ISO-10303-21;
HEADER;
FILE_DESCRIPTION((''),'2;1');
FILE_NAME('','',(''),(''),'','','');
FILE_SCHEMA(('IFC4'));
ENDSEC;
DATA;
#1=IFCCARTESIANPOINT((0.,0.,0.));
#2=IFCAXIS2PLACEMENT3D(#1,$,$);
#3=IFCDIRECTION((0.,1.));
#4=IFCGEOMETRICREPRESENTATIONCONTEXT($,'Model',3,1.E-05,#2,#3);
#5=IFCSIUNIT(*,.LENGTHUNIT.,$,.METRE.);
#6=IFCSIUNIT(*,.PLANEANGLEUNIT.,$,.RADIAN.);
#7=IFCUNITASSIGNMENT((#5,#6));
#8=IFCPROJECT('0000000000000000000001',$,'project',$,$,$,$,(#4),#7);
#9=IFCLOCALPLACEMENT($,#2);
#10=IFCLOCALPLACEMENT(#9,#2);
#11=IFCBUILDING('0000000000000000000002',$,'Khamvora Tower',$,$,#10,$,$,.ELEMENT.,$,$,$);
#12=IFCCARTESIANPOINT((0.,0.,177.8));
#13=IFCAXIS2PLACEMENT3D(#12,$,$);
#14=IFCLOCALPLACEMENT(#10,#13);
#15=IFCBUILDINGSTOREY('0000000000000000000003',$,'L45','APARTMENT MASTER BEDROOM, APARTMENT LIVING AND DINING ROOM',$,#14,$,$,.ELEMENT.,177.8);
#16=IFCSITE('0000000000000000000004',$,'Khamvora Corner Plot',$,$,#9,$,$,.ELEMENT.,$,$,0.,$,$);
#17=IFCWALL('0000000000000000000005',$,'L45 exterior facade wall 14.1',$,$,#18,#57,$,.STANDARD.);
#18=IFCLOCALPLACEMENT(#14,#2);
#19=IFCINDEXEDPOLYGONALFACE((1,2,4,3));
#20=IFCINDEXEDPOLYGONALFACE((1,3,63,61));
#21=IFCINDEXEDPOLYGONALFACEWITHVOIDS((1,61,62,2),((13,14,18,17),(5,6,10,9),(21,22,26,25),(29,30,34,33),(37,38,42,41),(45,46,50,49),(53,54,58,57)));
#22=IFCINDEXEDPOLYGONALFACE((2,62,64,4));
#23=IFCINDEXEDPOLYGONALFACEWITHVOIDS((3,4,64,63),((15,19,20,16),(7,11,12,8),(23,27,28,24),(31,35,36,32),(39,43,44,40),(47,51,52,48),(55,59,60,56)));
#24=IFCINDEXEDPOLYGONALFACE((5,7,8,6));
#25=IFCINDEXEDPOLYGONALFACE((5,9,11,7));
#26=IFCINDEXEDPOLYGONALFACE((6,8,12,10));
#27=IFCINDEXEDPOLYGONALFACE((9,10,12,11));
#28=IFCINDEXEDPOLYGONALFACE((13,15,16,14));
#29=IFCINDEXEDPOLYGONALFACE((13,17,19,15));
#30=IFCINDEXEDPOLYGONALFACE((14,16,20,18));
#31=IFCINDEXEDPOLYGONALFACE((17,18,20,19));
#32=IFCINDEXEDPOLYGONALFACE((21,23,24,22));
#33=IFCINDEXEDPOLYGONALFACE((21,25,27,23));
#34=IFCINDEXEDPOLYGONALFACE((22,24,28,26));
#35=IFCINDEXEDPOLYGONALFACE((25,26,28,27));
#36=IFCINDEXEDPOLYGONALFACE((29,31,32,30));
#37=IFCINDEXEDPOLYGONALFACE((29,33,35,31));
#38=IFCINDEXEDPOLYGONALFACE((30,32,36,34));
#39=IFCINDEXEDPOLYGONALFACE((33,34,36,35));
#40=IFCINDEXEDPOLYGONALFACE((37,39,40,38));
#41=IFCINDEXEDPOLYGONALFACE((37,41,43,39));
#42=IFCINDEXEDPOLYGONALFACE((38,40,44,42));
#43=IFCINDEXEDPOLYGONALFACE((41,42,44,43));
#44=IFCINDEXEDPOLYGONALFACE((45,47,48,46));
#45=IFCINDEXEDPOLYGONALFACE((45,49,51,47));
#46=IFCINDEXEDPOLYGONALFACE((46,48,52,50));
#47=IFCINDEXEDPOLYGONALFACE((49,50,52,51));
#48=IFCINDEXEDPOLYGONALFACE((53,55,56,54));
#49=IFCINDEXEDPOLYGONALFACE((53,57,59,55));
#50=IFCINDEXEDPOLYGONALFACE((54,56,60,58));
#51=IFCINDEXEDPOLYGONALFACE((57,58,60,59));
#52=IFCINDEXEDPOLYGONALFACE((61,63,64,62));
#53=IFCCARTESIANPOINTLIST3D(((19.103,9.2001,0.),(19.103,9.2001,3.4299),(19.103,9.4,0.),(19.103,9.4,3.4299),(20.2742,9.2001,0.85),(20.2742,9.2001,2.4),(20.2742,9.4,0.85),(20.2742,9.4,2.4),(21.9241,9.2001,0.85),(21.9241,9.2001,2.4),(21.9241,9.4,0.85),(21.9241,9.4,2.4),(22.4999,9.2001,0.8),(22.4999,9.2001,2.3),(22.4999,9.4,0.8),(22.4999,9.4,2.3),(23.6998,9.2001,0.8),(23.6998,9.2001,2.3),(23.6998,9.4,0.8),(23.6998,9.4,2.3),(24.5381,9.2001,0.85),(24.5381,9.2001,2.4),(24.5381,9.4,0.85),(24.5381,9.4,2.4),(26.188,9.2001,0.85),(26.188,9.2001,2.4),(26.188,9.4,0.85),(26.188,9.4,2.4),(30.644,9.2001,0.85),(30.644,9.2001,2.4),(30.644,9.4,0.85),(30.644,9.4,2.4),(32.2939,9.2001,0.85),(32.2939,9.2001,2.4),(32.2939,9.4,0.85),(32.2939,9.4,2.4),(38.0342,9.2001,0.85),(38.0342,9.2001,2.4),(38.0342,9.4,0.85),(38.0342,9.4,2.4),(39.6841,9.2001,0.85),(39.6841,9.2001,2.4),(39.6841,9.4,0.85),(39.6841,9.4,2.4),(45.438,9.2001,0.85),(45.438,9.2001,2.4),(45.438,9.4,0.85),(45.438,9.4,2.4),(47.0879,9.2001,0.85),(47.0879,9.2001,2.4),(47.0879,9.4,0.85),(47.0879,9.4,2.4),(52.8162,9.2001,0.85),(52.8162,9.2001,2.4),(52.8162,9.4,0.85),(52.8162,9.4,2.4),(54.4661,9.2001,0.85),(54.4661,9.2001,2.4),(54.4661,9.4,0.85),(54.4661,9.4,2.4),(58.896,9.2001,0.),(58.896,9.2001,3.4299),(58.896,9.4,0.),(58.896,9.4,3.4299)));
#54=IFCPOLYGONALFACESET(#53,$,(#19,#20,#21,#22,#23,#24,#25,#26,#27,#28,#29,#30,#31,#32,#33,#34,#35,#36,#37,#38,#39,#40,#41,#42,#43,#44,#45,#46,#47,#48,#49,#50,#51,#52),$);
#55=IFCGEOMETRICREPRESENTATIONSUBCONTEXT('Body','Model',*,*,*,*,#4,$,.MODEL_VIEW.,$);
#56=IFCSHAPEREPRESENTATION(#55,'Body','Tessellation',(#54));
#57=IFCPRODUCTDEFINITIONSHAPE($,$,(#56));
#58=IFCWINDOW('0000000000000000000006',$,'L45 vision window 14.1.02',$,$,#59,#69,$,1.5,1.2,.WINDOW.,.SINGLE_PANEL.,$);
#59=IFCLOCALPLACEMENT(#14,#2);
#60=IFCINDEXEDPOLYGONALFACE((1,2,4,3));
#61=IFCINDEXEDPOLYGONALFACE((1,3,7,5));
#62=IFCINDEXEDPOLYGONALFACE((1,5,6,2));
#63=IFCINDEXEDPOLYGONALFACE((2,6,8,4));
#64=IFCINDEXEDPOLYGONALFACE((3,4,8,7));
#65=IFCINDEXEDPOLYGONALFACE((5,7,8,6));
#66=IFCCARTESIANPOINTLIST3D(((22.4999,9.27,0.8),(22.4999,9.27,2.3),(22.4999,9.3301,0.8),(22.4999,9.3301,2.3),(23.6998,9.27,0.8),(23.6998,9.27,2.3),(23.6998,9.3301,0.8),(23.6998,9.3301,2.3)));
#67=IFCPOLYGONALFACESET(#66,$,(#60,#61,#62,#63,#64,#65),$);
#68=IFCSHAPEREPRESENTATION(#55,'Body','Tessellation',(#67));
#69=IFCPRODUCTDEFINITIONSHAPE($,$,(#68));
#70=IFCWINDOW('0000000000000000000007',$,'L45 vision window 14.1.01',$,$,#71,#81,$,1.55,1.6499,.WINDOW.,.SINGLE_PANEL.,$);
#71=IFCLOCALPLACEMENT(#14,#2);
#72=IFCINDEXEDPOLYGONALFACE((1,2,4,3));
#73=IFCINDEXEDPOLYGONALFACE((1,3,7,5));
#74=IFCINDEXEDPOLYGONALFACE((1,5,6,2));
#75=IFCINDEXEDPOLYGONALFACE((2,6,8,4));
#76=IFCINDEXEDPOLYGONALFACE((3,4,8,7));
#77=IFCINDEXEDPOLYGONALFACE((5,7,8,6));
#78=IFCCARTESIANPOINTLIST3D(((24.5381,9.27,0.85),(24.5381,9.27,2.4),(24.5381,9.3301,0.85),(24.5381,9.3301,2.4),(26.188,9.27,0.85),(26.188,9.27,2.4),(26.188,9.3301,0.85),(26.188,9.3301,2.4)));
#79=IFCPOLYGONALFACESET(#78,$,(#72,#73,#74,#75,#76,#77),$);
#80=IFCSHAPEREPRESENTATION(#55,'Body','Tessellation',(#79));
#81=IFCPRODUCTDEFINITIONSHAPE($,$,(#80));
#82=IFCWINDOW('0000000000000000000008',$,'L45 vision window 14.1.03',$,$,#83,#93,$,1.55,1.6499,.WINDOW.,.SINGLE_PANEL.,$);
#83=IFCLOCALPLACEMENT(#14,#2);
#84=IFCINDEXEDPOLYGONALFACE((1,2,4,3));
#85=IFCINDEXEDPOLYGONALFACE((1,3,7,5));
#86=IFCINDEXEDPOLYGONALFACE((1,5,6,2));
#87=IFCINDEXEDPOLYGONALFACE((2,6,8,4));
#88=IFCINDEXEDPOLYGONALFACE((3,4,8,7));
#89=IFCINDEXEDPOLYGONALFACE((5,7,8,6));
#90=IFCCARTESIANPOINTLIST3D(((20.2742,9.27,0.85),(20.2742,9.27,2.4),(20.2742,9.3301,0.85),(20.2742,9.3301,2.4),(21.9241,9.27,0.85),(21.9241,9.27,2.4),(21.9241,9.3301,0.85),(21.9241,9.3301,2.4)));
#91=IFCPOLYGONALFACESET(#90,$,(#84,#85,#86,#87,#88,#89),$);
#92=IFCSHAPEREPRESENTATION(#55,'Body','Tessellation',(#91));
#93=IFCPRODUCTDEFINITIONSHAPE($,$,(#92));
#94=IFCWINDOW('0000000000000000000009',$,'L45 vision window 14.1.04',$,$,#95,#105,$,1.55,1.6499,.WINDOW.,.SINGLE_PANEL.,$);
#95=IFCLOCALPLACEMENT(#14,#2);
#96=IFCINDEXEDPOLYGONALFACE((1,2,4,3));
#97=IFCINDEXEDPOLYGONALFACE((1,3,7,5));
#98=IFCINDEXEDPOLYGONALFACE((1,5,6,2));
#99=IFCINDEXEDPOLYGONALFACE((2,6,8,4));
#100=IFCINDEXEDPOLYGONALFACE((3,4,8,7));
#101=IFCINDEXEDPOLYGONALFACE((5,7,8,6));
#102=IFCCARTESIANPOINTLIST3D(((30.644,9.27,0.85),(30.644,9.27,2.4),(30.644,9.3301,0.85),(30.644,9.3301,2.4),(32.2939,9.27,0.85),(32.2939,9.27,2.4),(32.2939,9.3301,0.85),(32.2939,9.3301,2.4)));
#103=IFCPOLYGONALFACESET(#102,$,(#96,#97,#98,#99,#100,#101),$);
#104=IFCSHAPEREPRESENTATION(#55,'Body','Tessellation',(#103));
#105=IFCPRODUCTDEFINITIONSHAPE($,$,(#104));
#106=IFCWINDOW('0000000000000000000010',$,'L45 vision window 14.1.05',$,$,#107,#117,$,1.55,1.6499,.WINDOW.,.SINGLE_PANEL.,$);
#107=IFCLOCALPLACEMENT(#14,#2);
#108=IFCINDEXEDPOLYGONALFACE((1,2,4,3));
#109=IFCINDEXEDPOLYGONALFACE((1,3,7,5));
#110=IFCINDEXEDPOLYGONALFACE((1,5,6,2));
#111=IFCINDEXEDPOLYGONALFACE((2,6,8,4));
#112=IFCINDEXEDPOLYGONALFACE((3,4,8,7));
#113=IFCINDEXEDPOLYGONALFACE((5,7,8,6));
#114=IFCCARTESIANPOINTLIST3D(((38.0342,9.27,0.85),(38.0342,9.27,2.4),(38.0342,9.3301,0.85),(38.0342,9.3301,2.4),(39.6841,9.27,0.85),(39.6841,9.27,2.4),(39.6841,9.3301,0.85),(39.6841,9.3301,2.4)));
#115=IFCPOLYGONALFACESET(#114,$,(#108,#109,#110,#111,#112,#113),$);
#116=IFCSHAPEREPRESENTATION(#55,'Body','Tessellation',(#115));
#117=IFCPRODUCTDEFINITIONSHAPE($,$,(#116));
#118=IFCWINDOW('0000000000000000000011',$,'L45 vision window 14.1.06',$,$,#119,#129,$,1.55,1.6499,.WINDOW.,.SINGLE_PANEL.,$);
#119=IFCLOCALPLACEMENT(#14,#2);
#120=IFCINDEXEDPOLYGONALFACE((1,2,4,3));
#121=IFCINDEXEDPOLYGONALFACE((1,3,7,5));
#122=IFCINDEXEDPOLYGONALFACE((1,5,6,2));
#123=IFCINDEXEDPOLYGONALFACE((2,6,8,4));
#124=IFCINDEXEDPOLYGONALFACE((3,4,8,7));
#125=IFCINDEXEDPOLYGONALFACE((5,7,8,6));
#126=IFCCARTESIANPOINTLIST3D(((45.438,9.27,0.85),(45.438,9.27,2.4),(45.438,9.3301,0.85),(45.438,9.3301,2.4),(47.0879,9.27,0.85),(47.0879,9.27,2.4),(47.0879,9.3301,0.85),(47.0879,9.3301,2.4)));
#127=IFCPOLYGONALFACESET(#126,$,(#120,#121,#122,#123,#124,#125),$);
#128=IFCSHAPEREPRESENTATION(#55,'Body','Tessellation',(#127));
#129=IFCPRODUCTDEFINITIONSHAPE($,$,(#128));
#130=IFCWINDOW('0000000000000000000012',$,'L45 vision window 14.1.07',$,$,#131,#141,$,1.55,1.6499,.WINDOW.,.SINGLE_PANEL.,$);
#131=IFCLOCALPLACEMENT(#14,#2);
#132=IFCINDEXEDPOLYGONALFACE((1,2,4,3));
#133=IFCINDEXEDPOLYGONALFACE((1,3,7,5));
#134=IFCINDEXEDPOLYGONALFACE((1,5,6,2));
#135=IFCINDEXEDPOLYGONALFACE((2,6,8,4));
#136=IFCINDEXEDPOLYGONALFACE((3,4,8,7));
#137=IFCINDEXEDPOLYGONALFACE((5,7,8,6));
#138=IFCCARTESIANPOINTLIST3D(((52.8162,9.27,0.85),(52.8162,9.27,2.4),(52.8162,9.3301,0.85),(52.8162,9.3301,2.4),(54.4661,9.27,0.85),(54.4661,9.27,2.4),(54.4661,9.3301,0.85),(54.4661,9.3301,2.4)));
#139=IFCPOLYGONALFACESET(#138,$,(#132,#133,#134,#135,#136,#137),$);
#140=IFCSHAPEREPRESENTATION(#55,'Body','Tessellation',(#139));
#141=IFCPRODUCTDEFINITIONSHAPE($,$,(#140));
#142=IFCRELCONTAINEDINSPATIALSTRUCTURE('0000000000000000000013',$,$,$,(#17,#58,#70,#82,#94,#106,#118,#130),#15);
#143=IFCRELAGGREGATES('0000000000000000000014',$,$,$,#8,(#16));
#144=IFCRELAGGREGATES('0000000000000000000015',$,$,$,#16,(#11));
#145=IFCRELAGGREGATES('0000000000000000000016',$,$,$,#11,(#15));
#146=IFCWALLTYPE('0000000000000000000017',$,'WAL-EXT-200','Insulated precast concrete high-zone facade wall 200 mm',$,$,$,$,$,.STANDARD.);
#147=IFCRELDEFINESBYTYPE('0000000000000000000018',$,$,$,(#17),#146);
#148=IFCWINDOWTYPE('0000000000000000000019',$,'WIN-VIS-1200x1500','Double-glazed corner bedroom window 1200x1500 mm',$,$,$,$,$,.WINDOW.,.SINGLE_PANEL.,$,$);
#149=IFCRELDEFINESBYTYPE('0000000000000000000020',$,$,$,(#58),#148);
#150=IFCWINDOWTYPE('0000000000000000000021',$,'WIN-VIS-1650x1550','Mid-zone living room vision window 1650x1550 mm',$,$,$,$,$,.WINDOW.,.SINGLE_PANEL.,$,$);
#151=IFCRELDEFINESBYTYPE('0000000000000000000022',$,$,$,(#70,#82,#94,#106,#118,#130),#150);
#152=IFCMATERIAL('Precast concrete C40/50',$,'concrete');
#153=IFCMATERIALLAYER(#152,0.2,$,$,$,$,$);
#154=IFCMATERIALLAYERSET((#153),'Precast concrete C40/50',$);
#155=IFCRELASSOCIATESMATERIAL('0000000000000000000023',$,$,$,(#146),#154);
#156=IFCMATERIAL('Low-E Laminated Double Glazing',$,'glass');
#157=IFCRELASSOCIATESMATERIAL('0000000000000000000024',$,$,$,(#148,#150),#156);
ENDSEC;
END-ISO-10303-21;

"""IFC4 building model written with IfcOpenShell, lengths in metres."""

from ifc_helpers import new_model, si_unit, direction, frame, frame_2d, origin, place, context, subcontext, project, spatial, rectangle, extrude, material, layer, layer_set, type_object, element, fill, save


model = new_model("IFC4")

# Units and contexts
model_context = context("Model", 3, precision=1e-05, world=origin(), true_north=direction((0.0, 1.0)))
body_context = subcontext(model_context, "Body", "Model", "MODEL_VIEW")
ifc_project = project(units=[si_unit("LENGTHUNIT", "METRE"), si_unit("PLANEANGLEUNIT", "RADIAN")], contexts=[model_context])

# Site, building, storey
site_placement = place(None, origin())
site = spatial("IfcSite", under=ifc_project, at=site_placement, Name="Khamvora Corner Plot", CompositionType="ELEMENT", RefElevation=0.0)
building_placement = place(site_placement, origin())
building = spatial("IfcBuilding", under=site, at=building_placement, Name="Khamvora Tower", CompositionType="ELEMENT")
storey_placement = place(building_placement, frame((0.0, 0.0, 177.8)))
storey = spatial("IfcBuildingStorey", under=building, at=storey_placement, Name="L45", Description="APARTMENT MASTER BEDROOM, APARTMENT LIVING AND DINING ROOM", CompositionType="ELEMENT", Elevation=177.8)

# Shared definitions
ifc_material_1 = material(Name="Precast concrete C40/50", Category="concrete")
ifc_layer_1 = layer(ifc_material_1, 0.2)
ifc_layer_set_1 = layer_set([ifc_layer_1], Name="Precast concrete C40/50")
wall_type_1 = type_object("IfcWallType", Name="WAL-EXT-200", Description="Insulated precast concrete high-zone facade wall 200 mm", PredefinedType="STANDARD", material=ifc_layer_set_1)

# Wall, openings, windows
wall_1_placement = place(storey_placement, frame((58.896, 9.3, 0.0), z_axis=(0.0, 0.0, 1.0), x_axis=(-1.0, 0.0, 0.0)))
wall_1 = element("IfcWall", 1, at=wall_1_placement, inside=storey, type_object=wall_type_1, Name="L45 exterior facade wall 14.1", PredefinedType="STANDARD", context=body_context, shape_type="SweptSolid", body=[
    extrude(rectangle(XDim=39.793, YDim=0.2, at=frame_2d((19.8965, 0.0))), origin(), (0.0, 0.0, 1.0), 3.4299),
])
opening_1_placement = place(wall_1_placement, frame((32.708, 0.0, 0.8501)))
opening_1 = element("IfcOpeningElement", 2, at=opening_1_placement, cuts=wall_1, PredefinedType="OPENING", context=body_context, shape_type="SweptSolid", body=[
    extrude(rectangle(XDim=1.6499, YDim=1.55, at=frame_2d((0.825, 0.7749))), frame((0.0, 0.1099, 0.0), z_axis=(0.0, -1.0, 0.0), x_axis=(1.0, 0.0, 0.0)), (0.0, 0.0, 1.0), 0.22),
])
opening_2_placement = place(wall_1_placement, frame((35.196, 0.0, 0.8)))
opening_2 = element("IfcOpeningElement", 3, at=opening_2_placement, cuts=wall_1, PredefinedType="OPENING", context=body_context, shape_type="SweptSolid", body=[
    extrude(rectangle(XDim=1.2, YDim=1.5, at=frame_2d((0.6001, 0.75))), frame((0.0, 0.1099, 0.0), z_axis=(0.0, -1.0, 0.0), x_axis=(1.0, 0.0, 0.0)), (0.0, 0.0, 1.0), 0.22),
])
opening_3_placement = place(wall_1_placement, frame((36.9719, 0.0, 0.8501)))
opening_3 = element("IfcOpeningElement", 4, at=opening_3_placement, cuts=wall_1, PredefinedType="OPENING", context=body_context, shape_type="SweptSolid", body=[
    extrude(rectangle(XDim=1.6499, YDim=1.55, at=frame_2d((0.825, 0.7749))), frame((0.0, 0.1099, 0.0), z_axis=(0.0, -1.0, 0.0), x_axis=(1.0, 0.0, 0.0)), (0.0, 0.0, 1.0), 0.22),
])
opening_4_placement = place(wall_1_placement, frame((26.6021, 0.0, 0.8501)))
opening_4 = element("IfcOpeningElement", 5, at=opening_4_placement, cuts=wall_1, PredefinedType="OPENING", context=body_context, shape_type="SweptSolid", body=[
    extrude(rectangle(XDim=1.6499, YDim=1.55, at=frame_2d((0.825, 0.7749))), frame((0.0, 0.1099, 0.0), z_axis=(0.0, -1.0, 0.0), x_axis=(1.0, 0.0, 0.0)), (0.0, 0.0, 1.0), 0.22),
])
opening_5_placement = place(wall_1_placement, frame((19.2119, 0.0, 0.8501)))
opening_5 = element("IfcOpeningElement", 6, at=opening_5_placement, cuts=wall_1, PredefinedType="OPENING", context=body_context, shape_type="SweptSolid", body=[
    extrude(rectangle(XDim=1.6499, YDim=1.55, at=frame_2d((0.825, 0.7749))), frame((0.0, 0.1099, 0.0), z_axis=(0.0, -1.0, 0.0), x_axis=(1.0, 0.0, 0.0)), (0.0, 0.0, 1.0), 0.22),
])
opening_6_placement = place(wall_1_placement, frame((11.8081, 0.0, 0.8501)))
opening_6 = element("IfcOpeningElement", 7, at=opening_6_placement, cuts=wall_1, PredefinedType="OPENING", context=body_context, shape_type="SweptSolid", body=[
    extrude(rectangle(XDim=1.6499, YDim=1.55, at=frame_2d((0.825, 0.7749))), frame((0.0, 0.1099, 0.0), z_axis=(0.0, -1.0, 0.0), x_axis=(1.0, 0.0, 0.0)), (0.0, 0.0, 1.0), 0.22),
])
opening_7_placement = place(wall_1_placement, frame((4.4299, 0.0, 0.8501)))
opening_7 = element("IfcOpeningElement", 8, at=opening_7_placement, cuts=wall_1, PredefinedType="OPENING", context=body_context, shape_type="SweptSolid", body=[
    extrude(rectangle(XDim=1.6499, YDim=1.55, at=frame_2d((0.825, 0.7749))), frame((0.0, 0.1099, 0.0), z_axis=(0.0, -1.0, 0.0), x_axis=(1.0, 0.0, 0.0)), (0.0, 0.0, 1.0), 0.22),
])
ifc_material_2 = material(Name="Low-E Laminated Double Glazing", Category="glass")
window_type_1 = type_object("IfcWindowType", Name="WIN-VIS-1200x1500", Description="Double-glazed corner bedroom window 1200x1500 mm", PartitioningType="SINGLE_PANEL", PredefinedType="WINDOW", material=ifc_material_2)
window_1_placement = place(opening_2_placement, origin())
window_1 = element("IfcWindow", 9, at=window_1_placement, inside=storey, type_object=window_type_1, Name="L45 vision window 14.1.02", OverallHeight=1.5, OverallWidth=1.2, PartitioningType="SINGLE_PANEL", PredefinedType="WINDOW", context=body_context, shape_type="SweptSolid", body=[
    extrude(rectangle(XDim=1.2, YDim=1.5, at=frame_2d((0.6001, 0.75))), frame((0.0, 0.03, 0.0), z_axis=(0.0, -1.0, 0.0), x_axis=(1.0, 0.0, 0.0)), (0.0, 0.0, 1.0), 0.0601),
])
fill(opening_2, window_1)
window_type_2 = type_object("IfcWindowType", Name="WIN-VIS-1650x1550", Description="Mid-zone living room vision window 1650x1550 mm", PartitioningType="SINGLE_PANEL", PredefinedType="WINDOW", material=ifc_material_2)
window_2_placement = place(opening_1_placement, origin())
window_2 = element("IfcWindow", 10, at=window_2_placement, inside=storey, type_object=window_type_2, Name="L45 vision window 14.1.01", OverallHeight=1.55, OverallWidth=1.6499, PartitioningType="SINGLE_PANEL", PredefinedType="WINDOW", context=body_context, shape_type="SweptSolid", body=[
    extrude(rectangle(XDim=1.6499, YDim=1.55, at=frame_2d((0.825, 0.7749))), frame((0.0, 0.03, 0.0), z_axis=(0.0, -1.0, 0.0), x_axis=(1.0, 0.0, 0.0)), (0.0, 0.0, 1.0), 0.0601),
])
fill(opening_1, window_2)
window_3_placement = place(opening_3_placement, origin())
window_3 = element("IfcWindow", 11, at=window_3_placement, inside=storey, type_object=window_type_2, Name="L45 vision window 14.1.03", OverallHeight=1.55, OverallWidth=1.6499, PartitioningType="SINGLE_PANEL", PredefinedType="WINDOW", context=body_context, shape_type="SweptSolid", body=[
    extrude(rectangle(XDim=1.6499, YDim=1.55, at=frame_2d((0.825, 0.7749))), frame((0.0, 0.03, 0.0), z_axis=(0.0, -1.0, 0.0), x_axis=(1.0, 0.0, 0.0)), (0.0, 0.0, 1.0), 0.0601),
])
fill(opening_3, window_3)
window_4_placement = place(opening_4_placement, origin())
window_4 = element("IfcWindow", 12, at=window_4_placement, inside=storey, type_object=window_type_2, Name="L45 vision window 14.1.04", OverallHeight=1.55, OverallWidth=1.6499, PartitioningType="SINGLE_PANEL", PredefinedType="WINDOW", context=body_context, shape_type="SweptSolid", body=[
    extrude(rectangle(XDim=1.6499, YDim=1.55, at=frame_2d((0.825, 0.7749))), frame((0.0, 0.03, 0.0), z_axis=(0.0, -1.0, 0.0), x_axis=(1.0, 0.0, 0.0)), (0.0, 0.0, 1.0), 0.0601),
])
fill(opening_4, window_4)
window_5_placement = place(opening_5_placement, origin())
window_5 = element("IfcWindow", 13, at=window_5_placement, inside=storey, type_object=window_type_2, Name="L45 vision window 14.1.05", OverallHeight=1.55, OverallWidth=1.6499, PartitioningType="SINGLE_PANEL", PredefinedType="WINDOW", context=body_context, shape_type="SweptSolid", body=[
    extrude(rectangle(XDim=1.6499, YDim=1.55, at=frame_2d((0.825, 0.7749))), frame((0.0, 0.03, 0.0), z_axis=(0.0, -1.0, 0.0), x_axis=(1.0, 0.0, 0.0)), (0.0, 0.0, 1.0), 0.0601),
])
fill(opening_5, window_5)
window_6_placement = place(opening_6_placement, origin())
window_6 = element("IfcWindow", 14, at=window_6_placement, inside=storey, type_object=window_type_2, Name="L45 vision window 14.1.06", OverallHeight=1.55, OverallWidth=1.6499, PartitioningType="SINGLE_PANEL", PredefinedType="WINDOW", context=body_context, shape_type="SweptSolid", body=[
    extrude(rectangle(XDim=1.6499, YDim=1.55, at=frame_2d((0.825, 0.7749))), frame((0.0, 0.03, 0.0), z_axis=(0.0, -1.0, 0.0), x_axis=(1.0, 0.0, 0.0)), (0.0, 0.0, 1.0), 0.0601),
])
fill(opening_6, window_6)
window_7_placement = place(opening_7_placement, origin())
window_7 = element("IfcWindow", 15, at=window_7_placement, inside=storey, type_object=window_type_2, Name="L45 vision window 14.1.07", OverallHeight=1.55, OverallWidth=1.6499, PartitioningType="SINGLE_PANEL", PredefinedType="WINDOW", context=body_context, shape_type="SweptSolid", body=[
    extrude(rectangle(XDim=1.6499, YDim=1.55, at=frame_2d((0.825, 0.7749))), frame((0.0, 0.03, 0.0), z_axis=(0.0, -1.0, 0.0), x_axis=(1.0, 0.0, 0.0)), (0.0, 0.0, 1.0), 0.0601),
])
fill(opening_7, window_7)

save(model, "model.ifc")
